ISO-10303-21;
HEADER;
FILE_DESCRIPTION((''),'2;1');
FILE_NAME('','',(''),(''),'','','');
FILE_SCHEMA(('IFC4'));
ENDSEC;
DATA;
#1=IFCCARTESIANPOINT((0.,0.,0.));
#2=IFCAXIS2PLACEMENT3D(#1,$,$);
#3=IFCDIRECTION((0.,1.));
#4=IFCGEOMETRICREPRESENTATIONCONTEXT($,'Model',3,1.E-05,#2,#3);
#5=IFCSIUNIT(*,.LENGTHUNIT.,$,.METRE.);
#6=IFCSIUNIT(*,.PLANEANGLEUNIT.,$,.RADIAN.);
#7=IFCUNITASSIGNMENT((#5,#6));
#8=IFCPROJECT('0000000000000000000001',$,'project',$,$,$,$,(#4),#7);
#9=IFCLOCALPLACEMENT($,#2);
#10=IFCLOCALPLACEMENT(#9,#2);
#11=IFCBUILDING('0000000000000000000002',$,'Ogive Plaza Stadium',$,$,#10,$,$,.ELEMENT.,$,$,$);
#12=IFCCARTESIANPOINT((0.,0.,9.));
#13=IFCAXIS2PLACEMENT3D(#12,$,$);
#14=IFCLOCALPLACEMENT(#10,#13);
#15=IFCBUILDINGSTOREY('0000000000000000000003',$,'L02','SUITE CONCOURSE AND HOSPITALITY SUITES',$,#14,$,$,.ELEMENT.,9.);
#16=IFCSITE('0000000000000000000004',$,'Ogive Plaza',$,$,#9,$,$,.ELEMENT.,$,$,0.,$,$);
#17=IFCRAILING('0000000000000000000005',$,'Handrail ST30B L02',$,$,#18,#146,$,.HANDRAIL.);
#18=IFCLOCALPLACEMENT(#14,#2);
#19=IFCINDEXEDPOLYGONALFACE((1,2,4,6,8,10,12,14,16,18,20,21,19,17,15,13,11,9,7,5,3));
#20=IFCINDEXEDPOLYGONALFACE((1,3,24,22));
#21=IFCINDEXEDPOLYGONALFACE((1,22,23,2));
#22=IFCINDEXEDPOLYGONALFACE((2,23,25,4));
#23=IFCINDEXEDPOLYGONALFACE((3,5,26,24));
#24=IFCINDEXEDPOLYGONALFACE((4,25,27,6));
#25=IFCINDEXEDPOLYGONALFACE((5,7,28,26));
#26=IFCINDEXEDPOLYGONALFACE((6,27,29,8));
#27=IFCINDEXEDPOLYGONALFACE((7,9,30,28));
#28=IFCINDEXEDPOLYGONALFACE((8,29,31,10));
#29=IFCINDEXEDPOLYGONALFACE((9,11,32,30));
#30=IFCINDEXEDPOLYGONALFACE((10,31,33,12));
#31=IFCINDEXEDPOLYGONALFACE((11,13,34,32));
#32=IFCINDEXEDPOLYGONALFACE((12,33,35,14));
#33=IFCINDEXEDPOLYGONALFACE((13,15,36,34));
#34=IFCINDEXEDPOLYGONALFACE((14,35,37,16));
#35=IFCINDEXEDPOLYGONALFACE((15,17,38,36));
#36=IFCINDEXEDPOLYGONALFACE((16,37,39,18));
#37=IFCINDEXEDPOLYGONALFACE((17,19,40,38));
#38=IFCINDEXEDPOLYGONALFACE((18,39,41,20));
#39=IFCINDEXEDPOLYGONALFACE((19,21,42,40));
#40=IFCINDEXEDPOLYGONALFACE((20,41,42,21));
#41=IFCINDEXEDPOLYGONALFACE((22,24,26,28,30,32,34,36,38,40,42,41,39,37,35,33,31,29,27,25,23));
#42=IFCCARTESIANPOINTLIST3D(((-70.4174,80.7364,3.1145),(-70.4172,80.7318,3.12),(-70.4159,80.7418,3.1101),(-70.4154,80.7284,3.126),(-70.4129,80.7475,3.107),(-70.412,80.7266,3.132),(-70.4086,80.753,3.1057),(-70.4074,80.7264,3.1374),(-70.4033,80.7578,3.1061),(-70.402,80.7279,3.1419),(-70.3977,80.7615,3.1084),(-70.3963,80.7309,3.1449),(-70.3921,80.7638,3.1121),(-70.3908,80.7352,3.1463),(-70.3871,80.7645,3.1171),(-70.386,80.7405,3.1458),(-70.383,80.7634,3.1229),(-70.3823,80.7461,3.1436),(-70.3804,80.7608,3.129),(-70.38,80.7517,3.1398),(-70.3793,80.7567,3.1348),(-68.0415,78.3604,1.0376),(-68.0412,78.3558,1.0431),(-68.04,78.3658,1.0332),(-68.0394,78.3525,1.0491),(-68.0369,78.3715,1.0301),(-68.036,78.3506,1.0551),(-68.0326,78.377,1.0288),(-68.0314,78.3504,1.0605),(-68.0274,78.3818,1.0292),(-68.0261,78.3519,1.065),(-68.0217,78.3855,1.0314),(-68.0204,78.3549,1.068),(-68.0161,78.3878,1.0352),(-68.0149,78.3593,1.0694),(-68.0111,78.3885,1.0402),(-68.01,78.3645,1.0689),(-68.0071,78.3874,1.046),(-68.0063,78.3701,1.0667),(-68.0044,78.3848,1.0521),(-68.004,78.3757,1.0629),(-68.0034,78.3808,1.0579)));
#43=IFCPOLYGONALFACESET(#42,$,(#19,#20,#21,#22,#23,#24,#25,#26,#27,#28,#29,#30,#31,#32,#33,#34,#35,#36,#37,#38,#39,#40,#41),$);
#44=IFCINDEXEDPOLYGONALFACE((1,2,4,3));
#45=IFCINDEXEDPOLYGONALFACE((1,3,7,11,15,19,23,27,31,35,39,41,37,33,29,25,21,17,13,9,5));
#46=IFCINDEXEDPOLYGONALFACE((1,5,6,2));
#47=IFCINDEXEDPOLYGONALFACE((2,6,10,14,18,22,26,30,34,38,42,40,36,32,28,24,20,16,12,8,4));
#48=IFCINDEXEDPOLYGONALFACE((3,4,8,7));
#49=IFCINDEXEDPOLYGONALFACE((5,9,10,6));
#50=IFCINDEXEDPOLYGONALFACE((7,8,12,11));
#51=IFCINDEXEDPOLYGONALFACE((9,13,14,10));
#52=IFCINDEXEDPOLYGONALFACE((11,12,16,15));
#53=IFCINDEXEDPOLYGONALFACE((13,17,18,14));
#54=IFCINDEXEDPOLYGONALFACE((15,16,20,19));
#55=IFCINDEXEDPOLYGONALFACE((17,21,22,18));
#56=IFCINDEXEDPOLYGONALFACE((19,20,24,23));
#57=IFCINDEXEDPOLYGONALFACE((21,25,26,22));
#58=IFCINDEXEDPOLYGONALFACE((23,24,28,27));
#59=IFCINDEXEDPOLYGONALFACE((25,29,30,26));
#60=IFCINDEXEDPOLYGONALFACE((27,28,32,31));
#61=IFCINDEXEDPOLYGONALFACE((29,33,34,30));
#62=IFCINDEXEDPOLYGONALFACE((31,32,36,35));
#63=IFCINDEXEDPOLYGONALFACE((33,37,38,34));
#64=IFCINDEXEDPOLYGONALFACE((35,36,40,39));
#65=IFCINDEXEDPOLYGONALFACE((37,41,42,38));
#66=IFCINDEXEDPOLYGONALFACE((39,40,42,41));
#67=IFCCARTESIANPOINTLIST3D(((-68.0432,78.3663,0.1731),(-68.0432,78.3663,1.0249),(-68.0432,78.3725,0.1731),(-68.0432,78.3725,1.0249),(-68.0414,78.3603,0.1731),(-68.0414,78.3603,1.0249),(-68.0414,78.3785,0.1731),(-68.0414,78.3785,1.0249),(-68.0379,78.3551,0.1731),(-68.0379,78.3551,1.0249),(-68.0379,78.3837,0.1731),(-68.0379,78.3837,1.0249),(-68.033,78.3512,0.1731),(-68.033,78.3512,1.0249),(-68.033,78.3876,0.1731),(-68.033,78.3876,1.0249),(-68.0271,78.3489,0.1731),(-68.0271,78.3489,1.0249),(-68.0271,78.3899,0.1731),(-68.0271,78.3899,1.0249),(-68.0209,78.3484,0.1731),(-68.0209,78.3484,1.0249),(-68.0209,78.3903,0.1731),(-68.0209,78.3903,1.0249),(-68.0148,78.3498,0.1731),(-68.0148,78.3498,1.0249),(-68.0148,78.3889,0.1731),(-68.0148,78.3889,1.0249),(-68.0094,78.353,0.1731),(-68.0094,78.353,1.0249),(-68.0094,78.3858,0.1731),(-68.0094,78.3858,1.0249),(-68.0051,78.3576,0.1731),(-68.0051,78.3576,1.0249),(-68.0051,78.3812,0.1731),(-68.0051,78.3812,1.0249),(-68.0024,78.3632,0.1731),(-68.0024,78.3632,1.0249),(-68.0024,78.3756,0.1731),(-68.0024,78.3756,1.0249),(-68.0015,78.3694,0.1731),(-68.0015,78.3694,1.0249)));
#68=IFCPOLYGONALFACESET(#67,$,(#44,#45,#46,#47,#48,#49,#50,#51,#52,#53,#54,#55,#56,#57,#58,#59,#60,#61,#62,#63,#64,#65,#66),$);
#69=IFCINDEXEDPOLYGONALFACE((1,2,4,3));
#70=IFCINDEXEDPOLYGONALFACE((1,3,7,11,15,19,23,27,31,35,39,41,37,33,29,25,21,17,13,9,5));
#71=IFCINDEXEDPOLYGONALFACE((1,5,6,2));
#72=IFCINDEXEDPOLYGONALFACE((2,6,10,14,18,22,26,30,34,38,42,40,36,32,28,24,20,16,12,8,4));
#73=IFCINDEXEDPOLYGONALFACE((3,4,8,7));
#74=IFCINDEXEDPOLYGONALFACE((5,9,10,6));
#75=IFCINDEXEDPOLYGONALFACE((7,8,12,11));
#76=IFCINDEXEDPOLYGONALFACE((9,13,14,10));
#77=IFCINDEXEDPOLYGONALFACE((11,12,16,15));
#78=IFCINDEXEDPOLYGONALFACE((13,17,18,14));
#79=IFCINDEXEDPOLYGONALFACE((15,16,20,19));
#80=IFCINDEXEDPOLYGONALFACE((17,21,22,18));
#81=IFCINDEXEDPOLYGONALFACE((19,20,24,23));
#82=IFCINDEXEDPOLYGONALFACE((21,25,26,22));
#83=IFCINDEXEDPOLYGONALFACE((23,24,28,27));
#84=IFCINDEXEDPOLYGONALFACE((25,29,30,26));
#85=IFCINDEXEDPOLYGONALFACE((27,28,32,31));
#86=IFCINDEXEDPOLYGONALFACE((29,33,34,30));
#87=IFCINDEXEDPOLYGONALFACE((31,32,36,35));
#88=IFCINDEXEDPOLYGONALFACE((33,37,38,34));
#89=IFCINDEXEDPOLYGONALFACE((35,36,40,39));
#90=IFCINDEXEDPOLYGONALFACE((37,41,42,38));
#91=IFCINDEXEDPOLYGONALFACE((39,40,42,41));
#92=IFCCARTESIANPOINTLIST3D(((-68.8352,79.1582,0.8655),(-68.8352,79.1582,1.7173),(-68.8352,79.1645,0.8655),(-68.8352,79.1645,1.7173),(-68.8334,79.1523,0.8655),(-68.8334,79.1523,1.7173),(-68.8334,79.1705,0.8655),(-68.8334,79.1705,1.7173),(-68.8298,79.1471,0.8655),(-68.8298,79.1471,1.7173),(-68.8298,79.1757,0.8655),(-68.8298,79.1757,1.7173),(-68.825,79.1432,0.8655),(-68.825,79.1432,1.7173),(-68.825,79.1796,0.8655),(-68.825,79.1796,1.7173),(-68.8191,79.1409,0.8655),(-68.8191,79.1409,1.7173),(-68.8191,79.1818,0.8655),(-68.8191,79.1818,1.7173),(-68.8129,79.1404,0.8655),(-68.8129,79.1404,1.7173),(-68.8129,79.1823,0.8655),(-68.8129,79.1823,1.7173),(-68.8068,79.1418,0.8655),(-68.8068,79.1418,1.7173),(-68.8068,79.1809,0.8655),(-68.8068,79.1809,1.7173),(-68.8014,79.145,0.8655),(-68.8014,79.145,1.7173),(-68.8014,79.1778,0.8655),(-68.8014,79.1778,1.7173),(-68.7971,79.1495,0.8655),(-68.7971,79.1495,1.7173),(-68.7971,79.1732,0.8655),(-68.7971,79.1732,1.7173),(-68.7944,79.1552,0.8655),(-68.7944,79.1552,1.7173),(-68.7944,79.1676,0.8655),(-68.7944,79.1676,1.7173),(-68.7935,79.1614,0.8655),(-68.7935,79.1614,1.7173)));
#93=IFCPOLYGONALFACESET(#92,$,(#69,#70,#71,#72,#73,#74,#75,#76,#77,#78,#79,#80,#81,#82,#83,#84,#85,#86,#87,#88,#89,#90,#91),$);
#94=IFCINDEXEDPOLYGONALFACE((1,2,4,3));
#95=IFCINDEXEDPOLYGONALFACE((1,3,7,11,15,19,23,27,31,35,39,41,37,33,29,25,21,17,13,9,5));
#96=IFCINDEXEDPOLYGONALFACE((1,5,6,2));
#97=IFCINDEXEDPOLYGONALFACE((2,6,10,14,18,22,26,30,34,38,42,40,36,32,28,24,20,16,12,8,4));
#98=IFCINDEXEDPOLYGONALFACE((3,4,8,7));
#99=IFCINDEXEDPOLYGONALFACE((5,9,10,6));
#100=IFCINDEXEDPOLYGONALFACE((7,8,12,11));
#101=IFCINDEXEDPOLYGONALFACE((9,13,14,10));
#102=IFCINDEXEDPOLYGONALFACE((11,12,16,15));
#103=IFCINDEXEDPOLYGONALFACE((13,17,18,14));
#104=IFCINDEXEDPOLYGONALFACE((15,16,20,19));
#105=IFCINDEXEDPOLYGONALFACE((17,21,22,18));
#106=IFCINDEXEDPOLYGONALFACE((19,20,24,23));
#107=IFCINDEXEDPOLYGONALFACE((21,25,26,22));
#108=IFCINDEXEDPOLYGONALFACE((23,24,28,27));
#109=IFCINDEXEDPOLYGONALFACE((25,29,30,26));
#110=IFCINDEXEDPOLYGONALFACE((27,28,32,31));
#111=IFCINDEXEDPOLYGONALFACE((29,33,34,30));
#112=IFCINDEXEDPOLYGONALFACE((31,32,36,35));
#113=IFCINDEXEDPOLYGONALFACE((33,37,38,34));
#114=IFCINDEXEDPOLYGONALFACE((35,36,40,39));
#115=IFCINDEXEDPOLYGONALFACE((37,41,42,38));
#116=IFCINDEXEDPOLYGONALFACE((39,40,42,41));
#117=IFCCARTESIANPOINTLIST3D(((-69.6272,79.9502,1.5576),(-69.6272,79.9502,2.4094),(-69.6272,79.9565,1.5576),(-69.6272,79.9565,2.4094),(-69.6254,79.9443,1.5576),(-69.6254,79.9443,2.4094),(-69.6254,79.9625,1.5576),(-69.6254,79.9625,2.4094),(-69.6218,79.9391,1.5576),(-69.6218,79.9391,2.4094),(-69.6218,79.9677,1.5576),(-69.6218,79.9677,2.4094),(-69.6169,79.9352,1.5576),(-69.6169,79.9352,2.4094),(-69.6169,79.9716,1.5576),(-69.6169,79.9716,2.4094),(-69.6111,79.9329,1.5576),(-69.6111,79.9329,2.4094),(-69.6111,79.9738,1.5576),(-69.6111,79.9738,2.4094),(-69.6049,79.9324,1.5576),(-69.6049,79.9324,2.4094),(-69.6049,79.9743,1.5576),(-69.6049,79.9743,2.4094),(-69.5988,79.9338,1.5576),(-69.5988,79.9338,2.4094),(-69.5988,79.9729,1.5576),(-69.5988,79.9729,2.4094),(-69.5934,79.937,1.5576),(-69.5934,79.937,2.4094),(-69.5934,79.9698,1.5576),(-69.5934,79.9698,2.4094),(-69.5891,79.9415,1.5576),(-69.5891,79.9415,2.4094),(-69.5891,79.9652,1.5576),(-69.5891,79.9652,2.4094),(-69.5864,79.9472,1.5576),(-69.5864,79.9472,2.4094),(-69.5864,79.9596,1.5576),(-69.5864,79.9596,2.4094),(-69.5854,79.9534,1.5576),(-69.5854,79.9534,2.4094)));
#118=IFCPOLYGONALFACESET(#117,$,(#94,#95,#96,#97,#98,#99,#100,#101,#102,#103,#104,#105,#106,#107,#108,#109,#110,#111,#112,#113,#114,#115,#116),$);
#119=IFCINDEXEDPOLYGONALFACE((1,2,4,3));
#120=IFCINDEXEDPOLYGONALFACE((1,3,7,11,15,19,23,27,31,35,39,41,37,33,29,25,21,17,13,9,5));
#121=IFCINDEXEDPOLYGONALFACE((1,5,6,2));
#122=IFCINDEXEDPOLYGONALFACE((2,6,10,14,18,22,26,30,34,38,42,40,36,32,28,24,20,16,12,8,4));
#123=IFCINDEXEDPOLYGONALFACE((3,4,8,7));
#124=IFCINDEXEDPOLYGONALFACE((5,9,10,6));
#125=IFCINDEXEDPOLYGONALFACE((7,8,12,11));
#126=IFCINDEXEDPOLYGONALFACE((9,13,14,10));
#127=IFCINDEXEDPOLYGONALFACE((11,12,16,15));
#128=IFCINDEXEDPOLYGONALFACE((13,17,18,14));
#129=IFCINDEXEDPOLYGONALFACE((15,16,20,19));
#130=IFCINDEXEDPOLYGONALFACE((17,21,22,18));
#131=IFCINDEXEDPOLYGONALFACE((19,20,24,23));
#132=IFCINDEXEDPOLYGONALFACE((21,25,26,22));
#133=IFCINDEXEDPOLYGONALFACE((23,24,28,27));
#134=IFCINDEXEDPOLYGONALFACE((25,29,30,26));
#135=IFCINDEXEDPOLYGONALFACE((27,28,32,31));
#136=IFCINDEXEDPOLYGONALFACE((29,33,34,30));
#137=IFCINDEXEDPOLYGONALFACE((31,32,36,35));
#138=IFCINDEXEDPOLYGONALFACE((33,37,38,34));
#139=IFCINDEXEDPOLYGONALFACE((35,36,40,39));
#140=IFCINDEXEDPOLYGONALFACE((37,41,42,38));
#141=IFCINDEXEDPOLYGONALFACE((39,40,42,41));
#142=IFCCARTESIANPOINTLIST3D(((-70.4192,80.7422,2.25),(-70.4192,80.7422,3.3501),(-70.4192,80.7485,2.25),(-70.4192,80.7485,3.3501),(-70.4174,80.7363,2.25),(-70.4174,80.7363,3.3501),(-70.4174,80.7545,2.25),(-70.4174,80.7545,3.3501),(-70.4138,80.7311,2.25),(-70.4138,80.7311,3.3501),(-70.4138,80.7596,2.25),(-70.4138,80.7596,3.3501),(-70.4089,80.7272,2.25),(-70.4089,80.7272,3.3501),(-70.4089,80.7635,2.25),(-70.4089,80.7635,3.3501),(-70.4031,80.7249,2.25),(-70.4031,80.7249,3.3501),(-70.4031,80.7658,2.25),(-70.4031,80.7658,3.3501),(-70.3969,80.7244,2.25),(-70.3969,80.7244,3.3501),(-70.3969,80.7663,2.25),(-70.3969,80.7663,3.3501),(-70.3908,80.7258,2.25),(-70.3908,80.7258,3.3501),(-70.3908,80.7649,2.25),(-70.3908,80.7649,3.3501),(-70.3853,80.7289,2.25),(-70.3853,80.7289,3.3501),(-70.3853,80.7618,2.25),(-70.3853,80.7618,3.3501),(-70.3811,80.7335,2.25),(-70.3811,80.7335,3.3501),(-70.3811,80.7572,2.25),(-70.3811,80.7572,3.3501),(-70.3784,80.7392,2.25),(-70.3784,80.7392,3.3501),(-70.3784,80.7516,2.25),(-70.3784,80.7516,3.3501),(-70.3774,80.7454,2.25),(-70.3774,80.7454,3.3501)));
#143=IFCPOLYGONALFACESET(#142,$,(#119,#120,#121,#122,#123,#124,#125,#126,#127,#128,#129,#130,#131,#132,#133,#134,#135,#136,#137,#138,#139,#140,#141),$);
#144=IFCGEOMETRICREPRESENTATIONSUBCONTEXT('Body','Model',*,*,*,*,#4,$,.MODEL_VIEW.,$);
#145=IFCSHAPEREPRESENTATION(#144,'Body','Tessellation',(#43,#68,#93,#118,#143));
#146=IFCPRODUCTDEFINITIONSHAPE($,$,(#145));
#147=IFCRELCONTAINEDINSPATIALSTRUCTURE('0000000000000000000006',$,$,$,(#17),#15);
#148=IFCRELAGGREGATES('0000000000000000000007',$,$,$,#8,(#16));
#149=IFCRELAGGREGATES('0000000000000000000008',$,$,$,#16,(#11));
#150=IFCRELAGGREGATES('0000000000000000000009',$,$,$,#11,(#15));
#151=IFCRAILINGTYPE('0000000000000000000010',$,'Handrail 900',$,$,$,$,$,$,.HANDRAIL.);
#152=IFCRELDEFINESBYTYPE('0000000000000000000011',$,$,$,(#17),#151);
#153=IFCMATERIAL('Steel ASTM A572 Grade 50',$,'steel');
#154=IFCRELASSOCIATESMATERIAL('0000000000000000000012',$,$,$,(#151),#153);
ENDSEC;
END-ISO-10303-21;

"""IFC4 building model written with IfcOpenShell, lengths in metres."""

from ifc_helpers import new_model, si_unit, direction, frame, origin, origin_2d, place, context, subcontext, project, spatial, circle, extrude, material, type_object, element, save


model = new_model("IFC4")

# Units and contexts
model_context = context("Model", 3, precision=1e-05, world=origin(), true_north=direction((0.0, 1.0)))
body_context = subcontext(model_context, "Body", "Model", "MODEL_VIEW")
ifc_project = project(units=[si_unit("LENGTHUNIT", "METRE"), si_unit("PLANEANGLEUNIT", "RADIAN")], contexts=[model_context])

# Site, building, storey
site_placement = place(None, origin())
site = spatial("IfcSite", under=ifc_project, at=site_placement, Name="Ogive Plaza", CompositionType="ELEMENT", RefElevation=0.0)
building_placement = place(site_placement, origin())
building = spatial("IfcBuilding", under=site, at=building_placement, Name="Ogive Plaza Stadium", CompositionType="ELEMENT")
storey_placement = place(building_placement, frame((0.0, 0.0, 9.0)))
storey = spatial("IfcBuildingStorey", under=building, at=storey_placement, Name="L02", Description="SUITE CONCOURSE AND HOSPITALITY SUITES", CompositionType="ELEMENT", Elevation=9.0)

# Railing
ifc_material_1 = material(Name="Steel ASTM A572 Grade 50", Category="steel")
railing_type_1 = type_object("IfcRailingType", Name="Handrail 900", PredefinedType="HANDRAIL", material=ifc_material_1)
railing_1_placement = place(storey_placement, frame((-68.0225, 78.3694, 0.1731)))
element("IfcRailing", 1, at=railing_1_placement, inside=storey, type_object=railing_type_1, Name="Handrail ST30B L02", PredefinedType="HANDRAIL", context=body_context, shape_type="SweptSolid", body=[
    extrude(circle(Radius=0.0239, at=origin_2d()), frame((0.0, 0.0, 0.876), z_axis=(-0.601483, 0.601483, 0.525772), x_axis=(-0.707107, -0.707107, 0.0)), (0.0, 0.0, 1.0), 3.9502),
    extrude(circle(Radius=0.021, at=origin_2d()), origin(), (0.0, 0.0, 1.0), 0.8518),
    extrude(circle(Radius=0.021, at=origin_2d()), frame((-0.792, 0.792, 0.6924)), (0.0, 0.0, 1.0), 0.8518),
    extrude(circle(Radius=0.021, at=origin_2d()), frame((-1.584, 1.584, 1.3845)), (0.0, 0.0, 1.0), 0.8518),
    extrude(circle(Radius=0.021, at=origin_2d()), frame((-2.376, 2.376, 2.0769)), (0.0, 0.0, 1.0), 1.1001),
])

save(model, "model.ifc")
